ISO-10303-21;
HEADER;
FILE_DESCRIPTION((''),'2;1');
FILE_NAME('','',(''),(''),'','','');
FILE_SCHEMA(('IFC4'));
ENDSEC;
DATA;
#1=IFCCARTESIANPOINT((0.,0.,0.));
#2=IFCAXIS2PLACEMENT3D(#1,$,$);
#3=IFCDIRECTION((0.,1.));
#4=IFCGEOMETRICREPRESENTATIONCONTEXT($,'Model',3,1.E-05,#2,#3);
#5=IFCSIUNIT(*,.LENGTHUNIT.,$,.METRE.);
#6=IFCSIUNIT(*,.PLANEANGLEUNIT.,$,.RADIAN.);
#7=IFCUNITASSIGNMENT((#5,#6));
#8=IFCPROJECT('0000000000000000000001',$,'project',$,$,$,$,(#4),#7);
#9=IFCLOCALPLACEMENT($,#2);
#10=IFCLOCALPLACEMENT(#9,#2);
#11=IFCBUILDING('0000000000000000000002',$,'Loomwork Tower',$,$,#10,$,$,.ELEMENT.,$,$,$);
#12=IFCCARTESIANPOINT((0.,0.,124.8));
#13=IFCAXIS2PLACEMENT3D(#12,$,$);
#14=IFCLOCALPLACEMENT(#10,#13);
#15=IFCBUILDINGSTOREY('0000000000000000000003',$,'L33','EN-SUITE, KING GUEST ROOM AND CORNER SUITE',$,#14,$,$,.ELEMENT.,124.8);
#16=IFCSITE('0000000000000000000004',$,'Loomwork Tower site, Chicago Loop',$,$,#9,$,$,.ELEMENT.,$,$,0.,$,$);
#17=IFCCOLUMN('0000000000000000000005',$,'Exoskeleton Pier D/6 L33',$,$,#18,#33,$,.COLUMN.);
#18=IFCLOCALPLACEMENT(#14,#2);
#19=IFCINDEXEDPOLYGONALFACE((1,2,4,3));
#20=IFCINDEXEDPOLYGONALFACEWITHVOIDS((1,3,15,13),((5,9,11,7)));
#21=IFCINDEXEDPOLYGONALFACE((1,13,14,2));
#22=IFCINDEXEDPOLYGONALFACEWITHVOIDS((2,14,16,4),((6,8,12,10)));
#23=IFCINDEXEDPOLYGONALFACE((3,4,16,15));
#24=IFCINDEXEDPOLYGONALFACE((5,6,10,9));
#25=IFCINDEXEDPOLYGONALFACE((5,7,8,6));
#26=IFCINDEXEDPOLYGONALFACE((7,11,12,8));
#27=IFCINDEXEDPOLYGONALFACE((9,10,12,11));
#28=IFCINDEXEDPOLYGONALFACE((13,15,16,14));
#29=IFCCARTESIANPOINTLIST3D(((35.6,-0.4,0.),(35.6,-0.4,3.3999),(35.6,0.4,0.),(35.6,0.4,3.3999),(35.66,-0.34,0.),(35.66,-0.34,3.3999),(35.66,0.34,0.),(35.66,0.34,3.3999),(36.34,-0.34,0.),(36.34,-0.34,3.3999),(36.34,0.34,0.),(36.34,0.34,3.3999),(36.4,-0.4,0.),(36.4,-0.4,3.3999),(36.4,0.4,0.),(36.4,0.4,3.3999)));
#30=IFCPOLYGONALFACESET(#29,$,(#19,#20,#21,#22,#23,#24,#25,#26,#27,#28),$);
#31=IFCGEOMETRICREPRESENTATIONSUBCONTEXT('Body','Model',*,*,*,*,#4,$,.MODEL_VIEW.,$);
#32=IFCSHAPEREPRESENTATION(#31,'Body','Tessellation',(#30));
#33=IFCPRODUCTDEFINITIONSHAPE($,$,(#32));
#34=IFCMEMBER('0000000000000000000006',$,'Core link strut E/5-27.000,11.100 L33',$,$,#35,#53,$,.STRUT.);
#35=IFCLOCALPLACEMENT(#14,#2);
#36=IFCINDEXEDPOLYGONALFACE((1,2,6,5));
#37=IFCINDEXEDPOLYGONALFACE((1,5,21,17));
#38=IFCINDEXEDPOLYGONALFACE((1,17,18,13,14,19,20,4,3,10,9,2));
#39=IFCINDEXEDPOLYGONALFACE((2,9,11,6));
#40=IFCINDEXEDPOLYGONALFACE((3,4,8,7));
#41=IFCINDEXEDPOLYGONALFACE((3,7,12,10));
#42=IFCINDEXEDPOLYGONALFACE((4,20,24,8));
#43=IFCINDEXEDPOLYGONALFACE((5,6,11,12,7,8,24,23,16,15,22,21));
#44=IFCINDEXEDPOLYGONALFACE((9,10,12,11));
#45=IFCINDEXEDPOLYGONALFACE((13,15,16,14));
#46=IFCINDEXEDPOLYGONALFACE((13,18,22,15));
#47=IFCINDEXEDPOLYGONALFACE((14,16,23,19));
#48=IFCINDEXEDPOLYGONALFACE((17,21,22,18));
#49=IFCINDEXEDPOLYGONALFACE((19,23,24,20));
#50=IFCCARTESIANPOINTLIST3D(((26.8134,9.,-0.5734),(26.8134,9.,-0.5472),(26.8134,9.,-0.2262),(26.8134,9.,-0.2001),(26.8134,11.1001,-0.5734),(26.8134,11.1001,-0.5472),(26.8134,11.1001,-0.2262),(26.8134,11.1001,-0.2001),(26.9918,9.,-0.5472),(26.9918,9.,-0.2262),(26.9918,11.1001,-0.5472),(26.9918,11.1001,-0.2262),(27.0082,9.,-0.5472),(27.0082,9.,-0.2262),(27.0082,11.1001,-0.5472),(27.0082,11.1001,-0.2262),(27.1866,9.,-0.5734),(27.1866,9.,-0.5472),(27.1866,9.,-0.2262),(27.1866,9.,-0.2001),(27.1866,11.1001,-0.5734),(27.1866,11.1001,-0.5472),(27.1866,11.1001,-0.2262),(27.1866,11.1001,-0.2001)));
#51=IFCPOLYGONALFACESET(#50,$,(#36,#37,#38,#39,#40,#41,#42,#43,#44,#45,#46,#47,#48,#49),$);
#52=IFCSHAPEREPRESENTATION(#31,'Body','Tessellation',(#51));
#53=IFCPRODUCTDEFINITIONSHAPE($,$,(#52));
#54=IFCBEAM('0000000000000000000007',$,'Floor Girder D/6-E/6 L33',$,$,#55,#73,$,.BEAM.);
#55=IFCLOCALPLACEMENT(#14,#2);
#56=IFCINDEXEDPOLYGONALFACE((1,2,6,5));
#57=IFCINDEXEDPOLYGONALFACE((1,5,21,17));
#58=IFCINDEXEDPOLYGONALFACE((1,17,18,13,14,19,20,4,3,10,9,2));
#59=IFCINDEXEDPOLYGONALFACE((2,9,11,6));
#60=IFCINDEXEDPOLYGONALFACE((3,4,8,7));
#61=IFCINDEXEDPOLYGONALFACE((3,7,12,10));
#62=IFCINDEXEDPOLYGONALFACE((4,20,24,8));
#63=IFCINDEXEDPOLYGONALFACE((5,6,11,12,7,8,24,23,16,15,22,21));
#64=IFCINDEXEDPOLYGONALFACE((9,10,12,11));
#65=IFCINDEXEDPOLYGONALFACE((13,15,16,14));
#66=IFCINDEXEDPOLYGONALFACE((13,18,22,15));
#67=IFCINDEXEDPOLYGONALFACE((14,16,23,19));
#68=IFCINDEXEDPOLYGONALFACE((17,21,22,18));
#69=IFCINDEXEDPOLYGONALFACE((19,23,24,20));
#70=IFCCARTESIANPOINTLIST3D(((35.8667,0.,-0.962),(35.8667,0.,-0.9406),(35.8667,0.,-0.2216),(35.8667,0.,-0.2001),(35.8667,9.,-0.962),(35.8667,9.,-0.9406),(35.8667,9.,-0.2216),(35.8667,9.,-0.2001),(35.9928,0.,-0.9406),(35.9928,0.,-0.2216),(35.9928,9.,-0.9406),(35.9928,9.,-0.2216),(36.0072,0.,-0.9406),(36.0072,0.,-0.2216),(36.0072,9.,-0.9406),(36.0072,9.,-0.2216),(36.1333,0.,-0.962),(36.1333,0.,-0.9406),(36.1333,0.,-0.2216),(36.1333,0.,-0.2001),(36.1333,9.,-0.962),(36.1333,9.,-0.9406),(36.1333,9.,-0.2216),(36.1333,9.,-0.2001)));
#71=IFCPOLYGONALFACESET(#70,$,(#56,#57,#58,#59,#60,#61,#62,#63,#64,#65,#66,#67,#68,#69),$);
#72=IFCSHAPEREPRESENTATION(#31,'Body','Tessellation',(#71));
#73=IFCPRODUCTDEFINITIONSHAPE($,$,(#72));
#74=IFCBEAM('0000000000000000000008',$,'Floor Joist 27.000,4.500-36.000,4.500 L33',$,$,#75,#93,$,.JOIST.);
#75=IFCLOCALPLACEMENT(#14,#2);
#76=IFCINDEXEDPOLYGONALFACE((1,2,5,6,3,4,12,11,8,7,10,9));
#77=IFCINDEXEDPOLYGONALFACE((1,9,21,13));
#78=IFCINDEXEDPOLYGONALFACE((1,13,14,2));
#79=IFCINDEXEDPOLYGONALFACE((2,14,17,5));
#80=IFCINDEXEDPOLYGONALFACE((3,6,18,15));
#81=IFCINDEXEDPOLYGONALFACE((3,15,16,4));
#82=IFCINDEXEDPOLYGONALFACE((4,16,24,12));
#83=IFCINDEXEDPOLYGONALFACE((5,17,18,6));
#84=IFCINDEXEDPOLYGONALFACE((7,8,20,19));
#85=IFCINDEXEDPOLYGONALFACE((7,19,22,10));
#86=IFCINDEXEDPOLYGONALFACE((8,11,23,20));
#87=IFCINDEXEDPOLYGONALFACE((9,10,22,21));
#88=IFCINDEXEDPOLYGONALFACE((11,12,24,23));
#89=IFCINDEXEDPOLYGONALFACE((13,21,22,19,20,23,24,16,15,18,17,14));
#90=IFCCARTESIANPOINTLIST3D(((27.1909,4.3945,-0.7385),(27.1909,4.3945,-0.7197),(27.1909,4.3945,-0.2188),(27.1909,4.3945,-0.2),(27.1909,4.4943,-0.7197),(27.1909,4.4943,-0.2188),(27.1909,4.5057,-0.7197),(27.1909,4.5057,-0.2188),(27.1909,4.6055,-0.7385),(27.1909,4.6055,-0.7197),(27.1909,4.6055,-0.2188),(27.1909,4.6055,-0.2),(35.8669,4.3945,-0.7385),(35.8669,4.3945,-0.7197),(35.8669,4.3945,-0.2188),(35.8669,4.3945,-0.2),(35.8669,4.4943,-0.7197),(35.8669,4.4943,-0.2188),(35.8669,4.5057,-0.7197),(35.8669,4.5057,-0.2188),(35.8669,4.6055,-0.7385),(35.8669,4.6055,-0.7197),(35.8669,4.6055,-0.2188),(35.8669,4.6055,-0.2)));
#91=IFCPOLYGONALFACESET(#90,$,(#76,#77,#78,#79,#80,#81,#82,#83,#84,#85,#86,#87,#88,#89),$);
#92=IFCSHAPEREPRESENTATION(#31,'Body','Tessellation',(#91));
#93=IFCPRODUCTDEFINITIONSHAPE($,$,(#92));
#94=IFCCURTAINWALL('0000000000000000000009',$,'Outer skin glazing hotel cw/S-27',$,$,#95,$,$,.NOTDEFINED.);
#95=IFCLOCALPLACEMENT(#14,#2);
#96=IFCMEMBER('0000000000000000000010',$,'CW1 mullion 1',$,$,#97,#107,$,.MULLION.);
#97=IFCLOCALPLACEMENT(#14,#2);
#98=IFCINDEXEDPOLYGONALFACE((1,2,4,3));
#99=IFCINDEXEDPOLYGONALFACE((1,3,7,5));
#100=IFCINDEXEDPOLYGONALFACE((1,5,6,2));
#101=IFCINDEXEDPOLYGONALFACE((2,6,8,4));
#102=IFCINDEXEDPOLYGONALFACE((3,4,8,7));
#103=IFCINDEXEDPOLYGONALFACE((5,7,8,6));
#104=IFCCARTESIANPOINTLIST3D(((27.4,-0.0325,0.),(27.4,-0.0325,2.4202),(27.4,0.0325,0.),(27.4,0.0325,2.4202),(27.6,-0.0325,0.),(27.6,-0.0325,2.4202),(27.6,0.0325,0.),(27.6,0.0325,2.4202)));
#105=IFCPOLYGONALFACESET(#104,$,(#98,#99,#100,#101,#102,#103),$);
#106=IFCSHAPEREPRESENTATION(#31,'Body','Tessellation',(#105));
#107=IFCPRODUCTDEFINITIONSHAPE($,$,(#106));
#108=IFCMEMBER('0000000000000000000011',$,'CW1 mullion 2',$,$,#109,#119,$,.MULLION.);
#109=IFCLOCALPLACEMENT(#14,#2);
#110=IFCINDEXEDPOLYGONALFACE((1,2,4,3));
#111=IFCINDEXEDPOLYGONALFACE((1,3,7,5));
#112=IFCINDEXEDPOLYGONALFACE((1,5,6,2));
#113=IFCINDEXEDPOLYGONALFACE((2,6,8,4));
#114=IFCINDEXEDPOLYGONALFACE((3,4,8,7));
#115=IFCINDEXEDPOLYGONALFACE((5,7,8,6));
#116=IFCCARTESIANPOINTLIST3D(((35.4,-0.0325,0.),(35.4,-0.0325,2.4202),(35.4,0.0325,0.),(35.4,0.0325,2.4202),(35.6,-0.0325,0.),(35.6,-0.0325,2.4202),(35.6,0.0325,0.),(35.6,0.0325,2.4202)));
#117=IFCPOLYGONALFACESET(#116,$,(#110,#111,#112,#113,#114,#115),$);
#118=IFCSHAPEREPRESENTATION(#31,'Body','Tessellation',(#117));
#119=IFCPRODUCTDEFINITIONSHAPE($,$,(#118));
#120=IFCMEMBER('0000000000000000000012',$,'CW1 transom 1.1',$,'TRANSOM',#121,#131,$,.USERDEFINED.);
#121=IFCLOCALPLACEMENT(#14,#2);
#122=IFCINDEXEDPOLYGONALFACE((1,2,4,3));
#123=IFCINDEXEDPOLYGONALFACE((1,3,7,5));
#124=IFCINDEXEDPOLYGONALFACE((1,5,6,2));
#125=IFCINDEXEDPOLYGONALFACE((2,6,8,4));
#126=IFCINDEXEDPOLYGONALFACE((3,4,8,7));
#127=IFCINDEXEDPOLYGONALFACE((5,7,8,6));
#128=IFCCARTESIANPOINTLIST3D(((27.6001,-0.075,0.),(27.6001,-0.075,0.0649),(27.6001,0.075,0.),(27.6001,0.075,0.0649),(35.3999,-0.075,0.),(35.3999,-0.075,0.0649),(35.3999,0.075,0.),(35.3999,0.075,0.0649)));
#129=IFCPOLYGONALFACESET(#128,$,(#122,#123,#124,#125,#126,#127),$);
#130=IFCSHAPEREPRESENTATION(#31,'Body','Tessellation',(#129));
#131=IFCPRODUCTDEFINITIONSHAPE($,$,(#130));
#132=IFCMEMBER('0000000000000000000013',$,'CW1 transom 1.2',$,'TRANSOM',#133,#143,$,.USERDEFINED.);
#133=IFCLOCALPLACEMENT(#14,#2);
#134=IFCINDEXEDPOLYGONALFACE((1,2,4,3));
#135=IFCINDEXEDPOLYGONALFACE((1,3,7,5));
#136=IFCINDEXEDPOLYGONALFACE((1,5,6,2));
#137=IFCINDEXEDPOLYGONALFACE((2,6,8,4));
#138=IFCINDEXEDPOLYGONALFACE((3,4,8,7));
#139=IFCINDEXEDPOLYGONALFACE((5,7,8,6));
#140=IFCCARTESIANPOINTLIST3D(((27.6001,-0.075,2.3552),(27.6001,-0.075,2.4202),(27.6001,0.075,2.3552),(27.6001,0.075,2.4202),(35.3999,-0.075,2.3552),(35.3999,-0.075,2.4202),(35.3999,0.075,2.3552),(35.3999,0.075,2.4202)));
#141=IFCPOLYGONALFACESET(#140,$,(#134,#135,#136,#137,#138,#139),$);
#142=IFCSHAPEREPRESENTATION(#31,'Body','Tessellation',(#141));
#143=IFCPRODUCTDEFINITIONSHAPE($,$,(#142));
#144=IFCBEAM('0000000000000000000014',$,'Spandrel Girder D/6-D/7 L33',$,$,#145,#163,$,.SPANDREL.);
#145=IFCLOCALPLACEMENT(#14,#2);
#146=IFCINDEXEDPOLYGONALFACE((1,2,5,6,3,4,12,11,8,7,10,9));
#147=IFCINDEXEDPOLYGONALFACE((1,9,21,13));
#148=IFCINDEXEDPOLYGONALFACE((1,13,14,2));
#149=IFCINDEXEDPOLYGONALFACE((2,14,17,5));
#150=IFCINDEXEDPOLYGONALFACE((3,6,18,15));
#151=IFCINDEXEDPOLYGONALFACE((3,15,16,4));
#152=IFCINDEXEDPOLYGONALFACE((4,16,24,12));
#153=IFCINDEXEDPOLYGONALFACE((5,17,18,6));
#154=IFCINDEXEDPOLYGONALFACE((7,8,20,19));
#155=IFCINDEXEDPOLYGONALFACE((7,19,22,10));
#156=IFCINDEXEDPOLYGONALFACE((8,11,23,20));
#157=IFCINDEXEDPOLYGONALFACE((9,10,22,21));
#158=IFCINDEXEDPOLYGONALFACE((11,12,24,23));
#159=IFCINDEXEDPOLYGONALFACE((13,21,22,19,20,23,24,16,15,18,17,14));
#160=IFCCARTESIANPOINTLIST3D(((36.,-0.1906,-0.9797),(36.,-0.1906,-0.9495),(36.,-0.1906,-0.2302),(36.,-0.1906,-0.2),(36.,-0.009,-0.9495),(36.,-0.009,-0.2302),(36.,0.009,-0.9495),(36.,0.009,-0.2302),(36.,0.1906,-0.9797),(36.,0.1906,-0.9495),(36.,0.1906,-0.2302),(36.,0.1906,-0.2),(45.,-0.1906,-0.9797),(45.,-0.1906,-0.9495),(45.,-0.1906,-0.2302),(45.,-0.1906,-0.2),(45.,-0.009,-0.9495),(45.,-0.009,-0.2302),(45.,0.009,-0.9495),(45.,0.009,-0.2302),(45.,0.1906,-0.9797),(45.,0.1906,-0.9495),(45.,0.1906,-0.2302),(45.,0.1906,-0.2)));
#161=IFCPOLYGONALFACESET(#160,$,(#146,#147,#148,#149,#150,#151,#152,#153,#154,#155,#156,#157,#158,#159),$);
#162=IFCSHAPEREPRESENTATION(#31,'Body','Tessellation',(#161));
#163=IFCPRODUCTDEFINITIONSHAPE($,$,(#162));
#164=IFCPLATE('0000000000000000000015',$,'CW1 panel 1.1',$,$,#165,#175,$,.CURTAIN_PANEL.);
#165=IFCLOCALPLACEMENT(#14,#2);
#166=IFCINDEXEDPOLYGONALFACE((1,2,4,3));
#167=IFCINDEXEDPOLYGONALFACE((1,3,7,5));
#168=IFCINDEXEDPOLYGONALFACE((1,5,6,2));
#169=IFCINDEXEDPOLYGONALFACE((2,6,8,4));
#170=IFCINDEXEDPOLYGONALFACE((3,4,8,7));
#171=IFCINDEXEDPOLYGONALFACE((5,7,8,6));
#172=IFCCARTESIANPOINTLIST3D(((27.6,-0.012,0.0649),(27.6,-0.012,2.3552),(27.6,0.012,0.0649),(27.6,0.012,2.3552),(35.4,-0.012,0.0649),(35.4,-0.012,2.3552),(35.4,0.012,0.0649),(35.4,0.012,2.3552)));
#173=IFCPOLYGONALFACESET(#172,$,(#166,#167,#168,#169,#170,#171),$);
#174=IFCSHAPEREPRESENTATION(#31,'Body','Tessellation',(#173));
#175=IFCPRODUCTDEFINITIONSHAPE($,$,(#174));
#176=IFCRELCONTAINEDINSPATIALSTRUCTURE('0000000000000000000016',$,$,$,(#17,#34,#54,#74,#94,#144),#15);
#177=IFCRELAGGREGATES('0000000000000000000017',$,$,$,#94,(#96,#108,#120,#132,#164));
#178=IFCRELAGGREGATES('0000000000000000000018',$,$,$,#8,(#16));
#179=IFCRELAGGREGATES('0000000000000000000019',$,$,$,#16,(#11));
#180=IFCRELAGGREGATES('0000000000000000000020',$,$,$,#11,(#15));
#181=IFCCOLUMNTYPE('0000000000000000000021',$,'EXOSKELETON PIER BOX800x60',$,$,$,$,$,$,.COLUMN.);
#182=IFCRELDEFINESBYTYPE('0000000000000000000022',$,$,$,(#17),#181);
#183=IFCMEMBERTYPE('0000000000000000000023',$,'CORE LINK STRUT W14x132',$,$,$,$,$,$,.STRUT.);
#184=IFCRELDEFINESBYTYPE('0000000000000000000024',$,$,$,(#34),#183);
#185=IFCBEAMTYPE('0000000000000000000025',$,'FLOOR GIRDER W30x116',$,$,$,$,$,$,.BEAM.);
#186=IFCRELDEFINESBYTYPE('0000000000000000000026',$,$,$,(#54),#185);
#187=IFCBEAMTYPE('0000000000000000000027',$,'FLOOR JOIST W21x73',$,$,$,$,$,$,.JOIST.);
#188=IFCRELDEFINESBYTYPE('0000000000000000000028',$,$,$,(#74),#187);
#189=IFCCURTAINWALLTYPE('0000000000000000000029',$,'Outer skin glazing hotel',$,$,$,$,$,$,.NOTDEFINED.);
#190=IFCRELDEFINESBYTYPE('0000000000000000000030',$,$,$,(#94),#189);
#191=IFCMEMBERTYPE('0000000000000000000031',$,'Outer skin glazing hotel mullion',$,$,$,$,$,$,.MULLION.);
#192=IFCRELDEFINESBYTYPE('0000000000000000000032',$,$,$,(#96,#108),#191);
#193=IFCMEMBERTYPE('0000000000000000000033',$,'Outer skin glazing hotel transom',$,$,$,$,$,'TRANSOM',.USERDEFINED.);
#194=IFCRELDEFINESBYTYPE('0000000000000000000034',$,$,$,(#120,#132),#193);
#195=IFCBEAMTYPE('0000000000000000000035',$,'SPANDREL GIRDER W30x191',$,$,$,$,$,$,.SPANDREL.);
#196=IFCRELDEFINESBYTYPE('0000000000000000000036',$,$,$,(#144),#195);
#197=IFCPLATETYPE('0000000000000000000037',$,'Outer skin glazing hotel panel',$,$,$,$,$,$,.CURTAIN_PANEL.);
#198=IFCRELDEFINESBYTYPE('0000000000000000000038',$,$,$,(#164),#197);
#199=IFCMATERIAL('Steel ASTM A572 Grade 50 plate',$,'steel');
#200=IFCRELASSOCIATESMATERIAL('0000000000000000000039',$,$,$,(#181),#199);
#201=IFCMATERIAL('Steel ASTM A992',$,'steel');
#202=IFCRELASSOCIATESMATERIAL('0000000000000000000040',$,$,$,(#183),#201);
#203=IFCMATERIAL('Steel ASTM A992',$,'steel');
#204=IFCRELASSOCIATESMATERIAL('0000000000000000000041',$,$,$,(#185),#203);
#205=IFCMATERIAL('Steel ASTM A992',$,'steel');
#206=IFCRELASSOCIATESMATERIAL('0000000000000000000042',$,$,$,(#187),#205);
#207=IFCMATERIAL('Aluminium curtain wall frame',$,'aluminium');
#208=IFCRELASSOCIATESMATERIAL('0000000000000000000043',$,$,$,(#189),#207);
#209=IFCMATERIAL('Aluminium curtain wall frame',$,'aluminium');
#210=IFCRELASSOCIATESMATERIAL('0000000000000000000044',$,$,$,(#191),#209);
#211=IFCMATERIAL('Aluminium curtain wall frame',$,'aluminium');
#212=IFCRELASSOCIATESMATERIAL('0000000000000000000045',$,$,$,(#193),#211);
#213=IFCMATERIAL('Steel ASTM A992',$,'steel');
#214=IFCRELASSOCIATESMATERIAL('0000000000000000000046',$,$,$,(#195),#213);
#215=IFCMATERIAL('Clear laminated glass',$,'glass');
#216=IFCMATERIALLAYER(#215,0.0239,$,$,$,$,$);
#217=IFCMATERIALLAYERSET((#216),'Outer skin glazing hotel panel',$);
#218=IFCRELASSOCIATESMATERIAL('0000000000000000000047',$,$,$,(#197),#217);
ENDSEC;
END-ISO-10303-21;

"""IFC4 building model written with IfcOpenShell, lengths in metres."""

from ifc_helpers import new_model, si_unit, direction, frame, origin, origin_2d, place, context, subcontext, project, spatial, rectangle, hollow_rectangle, i_section, extrude, material, layer, layer_set, material_profile, profile_set, type_object, element, aggregate, save


model = new_model("IFC4")

# Units and contexts
model_context = context("Model", 3, precision=1e-05, world=origin(), true_north=direction((0.0, 1.0)))
body_context = subcontext(model_context, "Body", "Model", "MODEL_VIEW")
ifc_project = project(units=[si_unit("LENGTHUNIT", "METRE"), si_unit("PLANEANGLEUNIT", "RADIAN")], contexts=[model_context])

# Site, building, storey
site_placement = place(None, origin())
site = spatial("IfcSite", under=ifc_project, at=site_placement, Name="Loomwork Tower site, Chicago Loop", CompositionType="ELEMENT", RefElevation=0.0)
building_placement = place(site_placement, origin())
building = spatial("IfcBuilding", under=site, at=building_placement, Name="Loomwork Tower", CompositionType="ELEMENT")
storey_placement = place(building_placement, frame((0.0, 0.0, 124.8)))
storey = spatial("IfcBuildingStorey", under=building, at=storey_placement, Name="L33", Description="EN-SUITE, KING GUEST ROOM AND CORNER SUITE", CompositionType="ELEMENT", Elevation=124.8)

# Column
ifc_material_1 = material(Name="Steel ASTM A572 Grade 50 plate", Category="steel")
ifc_material_profile_1 = material_profile(ifc_material_1, hollow_rectangle(XDim=0.8, YDim=0.8, WallThickness=0.0601, at=origin_2d()), Name="BOX800x60")
ifc_profile_set_1 = profile_set([ifc_material_profile_1], Name="Steel ASTM A572 Grade 50 plate")
column_type = type_object("IfcColumnType", Name="EXOSKELETON PIER BOX800x60", PredefinedType="COLUMN", material=ifc_profile_set_1)
column_placement = place(storey_placement, frame((36.0, 0.0, 0.0), z_axis=(0.0, 0.0, 1.0), x_axis=(1.0, 0.0, 0.0)))
element("IfcColumn", 1, at=column_placement, inside=storey, type_object=column_type, Name="Exoskeleton Pier D/6 L33", PredefinedType="COLUMN", context=body_context, shape_type="SweptSolid", body=[
    extrude(hollow_rectangle(XDim=0.8, YDim=0.8, WallThickness=0.0601, at=origin_2d()), origin(), (0.0, 0.0, 1.0), 3.3999),
])

# Member
ifc_material_2 = material(Name="Steel ASTM A992", Category="steel")
ifc_material_profile_2 = material_profile(ifc_material_2, i_section(OverallWidth=0.3733, OverallDepth=0.3733, WebThickness=0.0164, FlangeThickness=0.0261, at=origin_2d()), Name="W14x132")
ifc_profile_set_2 = profile_set([ifc_material_profile_2], Name="Steel ASTM A992")
member_type_1 = type_object("IfcMemberType", Name="CORE LINK STRUT W14x132", PredefinedType="STRUT", material=ifc_profile_set_2)
member_1_placement = place(storey_placement, frame((27.0, 9.0, -0.3867), z_axis=(0.0, 1.0, 0.0), x_axis=(-1.0, 0.0, 0.0)))
element("IfcMember", 2, at=member_1_placement, inside=storey, type_object=member_type_1, Name="Core link strut E/5-27.000,11.100 L33", PredefinedType="STRUT", context=body_context, shape_type="SweptSolid", body=[
    extrude(i_section(OverallWidth=0.3733, OverallDepth=0.3733, WebThickness=0.0164, FlangeThickness=0.0261, at=origin_2d()), origin(), (0.0, 0.0, 1.0), 2.1001),
])

# Beams
ifc_material_3 = material(Name="Steel ASTM A992", Category="steel")
ifc_material_profile_3 = material_profile(ifc_material_3, i_section(OverallWidth=0.2666, OverallDepth=0.762, WebThickness=0.0144, FlangeThickness=0.0215, at=origin_2d()), Name="W30x116")
ifc_profile_set_3 = profile_set([ifc_material_profile_3], Name="Steel ASTM A992")
beam_type_1 = type_object("IfcBeamType", Name="FLOOR GIRDER W30x116", PredefinedType="BEAM", material=ifc_profile_set_3)
beam_1_placement = place(storey_placement, frame((36.0, 0.0, -0.5811), z_axis=(0.0, 1.0, 0.0), x_axis=(-1.0, 0.0, 0.0)))
element("IfcBeam", 3, at=beam_1_placement, inside=storey, type_object=beam_type_1, Name="Floor Girder D/6-E/6 L33", PredefinedType="BEAM", context=body_context, shape_type="SweptSolid", body=[
    extrude(i_section(OverallWidth=0.2666, OverallDepth=0.762, WebThickness=0.0144, FlangeThickness=0.0215, at=origin_2d()), origin(), (0.0, 0.0, 1.0), 9.0),
])
ifc_material_4 = material(Name="Steel ASTM A992", Category="steel")
ifc_material_profile_4 = material_profile(ifc_material_4, i_section(OverallWidth=0.2109, OverallDepth=0.5386, WebThickness=0.0115, FlangeThickness=0.0188, at=origin_2d()), Name="W21x73")
ifc_profile_set_4 = profile_set([ifc_material_profile_4], Name="Steel ASTM A992")
beam_type_2 = type_object("IfcBeamType", Name="FLOOR JOIST W21x73", PredefinedType="JOIST", material=ifc_profile_set_4)
beam_2_placement = place(storey_placement, frame((27.1909, 4.5, -0.4692), z_axis=(1.0, 0.0, 0.0), x_axis=(0.0, 1.0, 0.0)))
element("IfcBeam", 4, at=beam_2_placement, inside=storey, type_object=beam_type_2, Name="Floor Joist 27.000,4.500-36.000,4.500 L33", PredefinedType="JOIST", context=body_context, shape_type="SweptSolid", body=[
    extrude(i_section(OverallWidth=0.2109, OverallDepth=0.5386, WebThickness=0.0115, FlangeThickness=0.0188, at=origin_2d()), origin(), (0.0, 0.0, 1.0), 8.676),
])

# Curtain wall, members
ifc_material_5 = material(Name="Aluminium curtain wall frame", Category="aluminium")
curtain_wall_type = type_object("IfcCurtainWallType", Name="Outer skin glazing hotel", PredefinedType="NOTDEFINED", material=ifc_material_5)
curtain_wall_placement = place(storey_placement, origin())
curtain_wall = element("IfcCurtainWall", 5, at=curtain_wall_placement, inside=storey, type_object=curtain_wall_type, Name="Outer skin glazing hotel cw/S-27", PredefinedType="NOTDEFINED")
ifc_material_6 = material(Name="Aluminium curtain wall frame", Category="aluminium")
ifc_material_profile_5 = material_profile(ifc_material_6, rectangle(XDim=0.0649, YDim=0.2, at=origin_2d()), Name="AL 65x200")
ifc_profile_set_5 = profile_set([ifc_material_profile_5], Name="Aluminium curtain wall frame")
member_type_2 = type_object("IfcMemberType", Name="Outer skin glazing hotel mullion", PredefinedType="MULLION", material=ifc_profile_set_5)
member_2_placement = place(storey_placement, frame((27.5, 0.0, 0.0), z_axis=(0.0, 0.0, 1.0), x_axis=(0.0, 1.0, 0.0)))
member_2 = element("IfcMember", 6, at=member_2_placement, type_object=member_type_2, Name="CW1 mullion 1", PredefinedType="MULLION", context=body_context, shape_type="SweptSolid", body=[
    extrude(rectangle(XDim=0.0649, YDim=0.2, at=origin_2d()), origin(), (0.0, 0.0, 1.0), 2.4202),
])
member_3_placement = place(storey_placement, frame((35.5, 0.0, 0.0), z_axis=(0.0, 0.0, 1.0), x_axis=(0.0, 1.0, 0.0)))
member_3 = element("IfcMember", 7, at=member_3_placement, type_object=member_type_2, Name="CW1 mullion 2", PredefinedType="MULLION", context=body_context, shape_type="SweptSolid", body=[
    extrude(rectangle(XDim=0.0649, YDim=0.2, at=origin_2d()), origin(), (0.0, 0.0, 1.0), 2.4202),
])
ifc_material_7 = material(Name="Aluminium curtain wall frame", Category="aluminium")
ifc_material_profile_6 = material_profile(ifc_material_7, rectangle(XDim=0.1499, YDim=0.0649, at=origin_2d()), Name="AL 65x150")
ifc_profile_set_6 = profile_set([ifc_material_profile_6], Name="Aluminium curtain wall frame")
member_type_3 = type_object("IfcMemberType", Name="Outer skin glazing hotel transom", ElementType="TRANSOM", PredefinedType="USERDEFINED", material=ifc_profile_set_6)
member_4_placement = place(storey_placement, frame((27.6001, 0.0, 0.0325), z_axis=(1.0, 0.0, 0.0), x_axis=(0.0, 1.0, 0.0)))
member_4 = element("IfcMember", 8, at=member_4_placement, type_object=member_type_3, Name="CW1 transom 1.1", ObjectType="TRANSOM", PredefinedType="USERDEFINED", context=body_context, shape_type="SweptSolid", body=[
    extrude(rectangle(XDim=0.1499, YDim=0.0649, at=origin_2d()), origin(), (0.0, 0.0, 1.0), 7.7998),
])
member_5_placement = place(storey_placement, frame((27.6001, 0.0, 2.3877), z_axis=(1.0, 0.0, 0.0), x_axis=(0.0, 1.0, 0.0)))
member_5 = element("IfcMember", 9, at=member_5_placement, type_object=member_type_3, Name="CW1 transom 1.2", ObjectType="TRANSOM", PredefinedType="USERDEFINED", context=body_context, shape_type="SweptSolid", body=[
    extrude(rectangle(XDim=0.1499, YDim=0.0649, at=origin_2d()), origin(), (0.0, 0.0, 1.0), 7.7998),
])

# Beam
ifc_material_8 = material(Name="Steel ASTM A992", Category="steel")
ifc_material_profile_7 = material_profile(ifc_material_8, i_section(OverallWidth=0.3811, OverallDepth=0.7798, WebThickness=0.0181, FlangeThickness=0.0303, at=origin_2d()), Name="W30x191")
ifc_profile_set_7 = profile_set([ifc_material_profile_7], Name="Steel ASTM A992")
beam_type_3 = type_object("IfcBeamType", Name="SPANDREL GIRDER W30x191", PredefinedType="SPANDREL", material=ifc_profile_set_7)
beam_3_placement = place(storey_placement, frame((36.0, 0.0, -0.5898), z_axis=(1.0, 0.0, 0.0), x_axis=(0.0, 1.0, 0.0)))
element("IfcBeam", 10, at=beam_3_placement, inside=storey, type_object=beam_type_3, Name="Spandrel Girder D/6-D/7 L33", PredefinedType="SPANDREL", context=body_context, shape_type="SweptSolid", body=[
    extrude(i_section(OverallWidth=0.3811, OverallDepth=0.7798, WebThickness=0.0181, FlangeThickness=0.0303, at=origin_2d()), origin(), (0.0, 0.0, 1.0), 9.0),
])

# Plate
ifc_material_9 = material(Name="Clear laminated glass", Category="glass")
ifc_layer_1 = layer(ifc_material_9, 0.0239)
ifc_layer_set_1 = layer_set([ifc_layer_1], Name="Outer skin glazing hotel panel")
plate_type = type_object("IfcPlateType", Name="Outer skin glazing hotel panel", PredefinedType="CURTAIN_PANEL", material=ifc_layer_set_1)
plate_placement = place(storey_placement, frame((31.5, 0.0, 0.0649), z_axis=(0.0, 0.0, 1.0), x_axis=(1.0, 0.0, 0.0)))
plate = element("IfcPlate", 11, at=plate_placement, type_object=plate_type, Name="CW1 panel 1.1", PredefinedType="CURTAIN_PANEL", context=body_context, shape_type="SweptSolid", body=[
    extrude(rectangle(XDim=7.8, YDim=0.0239, at=origin_2d()), origin(), (0.0, 0.0, 1.0), 2.2903),
])
aggregate(curtain_wall, [member_2, member_3, member_4, member_5, plate])

save(model, "model.ifc")
